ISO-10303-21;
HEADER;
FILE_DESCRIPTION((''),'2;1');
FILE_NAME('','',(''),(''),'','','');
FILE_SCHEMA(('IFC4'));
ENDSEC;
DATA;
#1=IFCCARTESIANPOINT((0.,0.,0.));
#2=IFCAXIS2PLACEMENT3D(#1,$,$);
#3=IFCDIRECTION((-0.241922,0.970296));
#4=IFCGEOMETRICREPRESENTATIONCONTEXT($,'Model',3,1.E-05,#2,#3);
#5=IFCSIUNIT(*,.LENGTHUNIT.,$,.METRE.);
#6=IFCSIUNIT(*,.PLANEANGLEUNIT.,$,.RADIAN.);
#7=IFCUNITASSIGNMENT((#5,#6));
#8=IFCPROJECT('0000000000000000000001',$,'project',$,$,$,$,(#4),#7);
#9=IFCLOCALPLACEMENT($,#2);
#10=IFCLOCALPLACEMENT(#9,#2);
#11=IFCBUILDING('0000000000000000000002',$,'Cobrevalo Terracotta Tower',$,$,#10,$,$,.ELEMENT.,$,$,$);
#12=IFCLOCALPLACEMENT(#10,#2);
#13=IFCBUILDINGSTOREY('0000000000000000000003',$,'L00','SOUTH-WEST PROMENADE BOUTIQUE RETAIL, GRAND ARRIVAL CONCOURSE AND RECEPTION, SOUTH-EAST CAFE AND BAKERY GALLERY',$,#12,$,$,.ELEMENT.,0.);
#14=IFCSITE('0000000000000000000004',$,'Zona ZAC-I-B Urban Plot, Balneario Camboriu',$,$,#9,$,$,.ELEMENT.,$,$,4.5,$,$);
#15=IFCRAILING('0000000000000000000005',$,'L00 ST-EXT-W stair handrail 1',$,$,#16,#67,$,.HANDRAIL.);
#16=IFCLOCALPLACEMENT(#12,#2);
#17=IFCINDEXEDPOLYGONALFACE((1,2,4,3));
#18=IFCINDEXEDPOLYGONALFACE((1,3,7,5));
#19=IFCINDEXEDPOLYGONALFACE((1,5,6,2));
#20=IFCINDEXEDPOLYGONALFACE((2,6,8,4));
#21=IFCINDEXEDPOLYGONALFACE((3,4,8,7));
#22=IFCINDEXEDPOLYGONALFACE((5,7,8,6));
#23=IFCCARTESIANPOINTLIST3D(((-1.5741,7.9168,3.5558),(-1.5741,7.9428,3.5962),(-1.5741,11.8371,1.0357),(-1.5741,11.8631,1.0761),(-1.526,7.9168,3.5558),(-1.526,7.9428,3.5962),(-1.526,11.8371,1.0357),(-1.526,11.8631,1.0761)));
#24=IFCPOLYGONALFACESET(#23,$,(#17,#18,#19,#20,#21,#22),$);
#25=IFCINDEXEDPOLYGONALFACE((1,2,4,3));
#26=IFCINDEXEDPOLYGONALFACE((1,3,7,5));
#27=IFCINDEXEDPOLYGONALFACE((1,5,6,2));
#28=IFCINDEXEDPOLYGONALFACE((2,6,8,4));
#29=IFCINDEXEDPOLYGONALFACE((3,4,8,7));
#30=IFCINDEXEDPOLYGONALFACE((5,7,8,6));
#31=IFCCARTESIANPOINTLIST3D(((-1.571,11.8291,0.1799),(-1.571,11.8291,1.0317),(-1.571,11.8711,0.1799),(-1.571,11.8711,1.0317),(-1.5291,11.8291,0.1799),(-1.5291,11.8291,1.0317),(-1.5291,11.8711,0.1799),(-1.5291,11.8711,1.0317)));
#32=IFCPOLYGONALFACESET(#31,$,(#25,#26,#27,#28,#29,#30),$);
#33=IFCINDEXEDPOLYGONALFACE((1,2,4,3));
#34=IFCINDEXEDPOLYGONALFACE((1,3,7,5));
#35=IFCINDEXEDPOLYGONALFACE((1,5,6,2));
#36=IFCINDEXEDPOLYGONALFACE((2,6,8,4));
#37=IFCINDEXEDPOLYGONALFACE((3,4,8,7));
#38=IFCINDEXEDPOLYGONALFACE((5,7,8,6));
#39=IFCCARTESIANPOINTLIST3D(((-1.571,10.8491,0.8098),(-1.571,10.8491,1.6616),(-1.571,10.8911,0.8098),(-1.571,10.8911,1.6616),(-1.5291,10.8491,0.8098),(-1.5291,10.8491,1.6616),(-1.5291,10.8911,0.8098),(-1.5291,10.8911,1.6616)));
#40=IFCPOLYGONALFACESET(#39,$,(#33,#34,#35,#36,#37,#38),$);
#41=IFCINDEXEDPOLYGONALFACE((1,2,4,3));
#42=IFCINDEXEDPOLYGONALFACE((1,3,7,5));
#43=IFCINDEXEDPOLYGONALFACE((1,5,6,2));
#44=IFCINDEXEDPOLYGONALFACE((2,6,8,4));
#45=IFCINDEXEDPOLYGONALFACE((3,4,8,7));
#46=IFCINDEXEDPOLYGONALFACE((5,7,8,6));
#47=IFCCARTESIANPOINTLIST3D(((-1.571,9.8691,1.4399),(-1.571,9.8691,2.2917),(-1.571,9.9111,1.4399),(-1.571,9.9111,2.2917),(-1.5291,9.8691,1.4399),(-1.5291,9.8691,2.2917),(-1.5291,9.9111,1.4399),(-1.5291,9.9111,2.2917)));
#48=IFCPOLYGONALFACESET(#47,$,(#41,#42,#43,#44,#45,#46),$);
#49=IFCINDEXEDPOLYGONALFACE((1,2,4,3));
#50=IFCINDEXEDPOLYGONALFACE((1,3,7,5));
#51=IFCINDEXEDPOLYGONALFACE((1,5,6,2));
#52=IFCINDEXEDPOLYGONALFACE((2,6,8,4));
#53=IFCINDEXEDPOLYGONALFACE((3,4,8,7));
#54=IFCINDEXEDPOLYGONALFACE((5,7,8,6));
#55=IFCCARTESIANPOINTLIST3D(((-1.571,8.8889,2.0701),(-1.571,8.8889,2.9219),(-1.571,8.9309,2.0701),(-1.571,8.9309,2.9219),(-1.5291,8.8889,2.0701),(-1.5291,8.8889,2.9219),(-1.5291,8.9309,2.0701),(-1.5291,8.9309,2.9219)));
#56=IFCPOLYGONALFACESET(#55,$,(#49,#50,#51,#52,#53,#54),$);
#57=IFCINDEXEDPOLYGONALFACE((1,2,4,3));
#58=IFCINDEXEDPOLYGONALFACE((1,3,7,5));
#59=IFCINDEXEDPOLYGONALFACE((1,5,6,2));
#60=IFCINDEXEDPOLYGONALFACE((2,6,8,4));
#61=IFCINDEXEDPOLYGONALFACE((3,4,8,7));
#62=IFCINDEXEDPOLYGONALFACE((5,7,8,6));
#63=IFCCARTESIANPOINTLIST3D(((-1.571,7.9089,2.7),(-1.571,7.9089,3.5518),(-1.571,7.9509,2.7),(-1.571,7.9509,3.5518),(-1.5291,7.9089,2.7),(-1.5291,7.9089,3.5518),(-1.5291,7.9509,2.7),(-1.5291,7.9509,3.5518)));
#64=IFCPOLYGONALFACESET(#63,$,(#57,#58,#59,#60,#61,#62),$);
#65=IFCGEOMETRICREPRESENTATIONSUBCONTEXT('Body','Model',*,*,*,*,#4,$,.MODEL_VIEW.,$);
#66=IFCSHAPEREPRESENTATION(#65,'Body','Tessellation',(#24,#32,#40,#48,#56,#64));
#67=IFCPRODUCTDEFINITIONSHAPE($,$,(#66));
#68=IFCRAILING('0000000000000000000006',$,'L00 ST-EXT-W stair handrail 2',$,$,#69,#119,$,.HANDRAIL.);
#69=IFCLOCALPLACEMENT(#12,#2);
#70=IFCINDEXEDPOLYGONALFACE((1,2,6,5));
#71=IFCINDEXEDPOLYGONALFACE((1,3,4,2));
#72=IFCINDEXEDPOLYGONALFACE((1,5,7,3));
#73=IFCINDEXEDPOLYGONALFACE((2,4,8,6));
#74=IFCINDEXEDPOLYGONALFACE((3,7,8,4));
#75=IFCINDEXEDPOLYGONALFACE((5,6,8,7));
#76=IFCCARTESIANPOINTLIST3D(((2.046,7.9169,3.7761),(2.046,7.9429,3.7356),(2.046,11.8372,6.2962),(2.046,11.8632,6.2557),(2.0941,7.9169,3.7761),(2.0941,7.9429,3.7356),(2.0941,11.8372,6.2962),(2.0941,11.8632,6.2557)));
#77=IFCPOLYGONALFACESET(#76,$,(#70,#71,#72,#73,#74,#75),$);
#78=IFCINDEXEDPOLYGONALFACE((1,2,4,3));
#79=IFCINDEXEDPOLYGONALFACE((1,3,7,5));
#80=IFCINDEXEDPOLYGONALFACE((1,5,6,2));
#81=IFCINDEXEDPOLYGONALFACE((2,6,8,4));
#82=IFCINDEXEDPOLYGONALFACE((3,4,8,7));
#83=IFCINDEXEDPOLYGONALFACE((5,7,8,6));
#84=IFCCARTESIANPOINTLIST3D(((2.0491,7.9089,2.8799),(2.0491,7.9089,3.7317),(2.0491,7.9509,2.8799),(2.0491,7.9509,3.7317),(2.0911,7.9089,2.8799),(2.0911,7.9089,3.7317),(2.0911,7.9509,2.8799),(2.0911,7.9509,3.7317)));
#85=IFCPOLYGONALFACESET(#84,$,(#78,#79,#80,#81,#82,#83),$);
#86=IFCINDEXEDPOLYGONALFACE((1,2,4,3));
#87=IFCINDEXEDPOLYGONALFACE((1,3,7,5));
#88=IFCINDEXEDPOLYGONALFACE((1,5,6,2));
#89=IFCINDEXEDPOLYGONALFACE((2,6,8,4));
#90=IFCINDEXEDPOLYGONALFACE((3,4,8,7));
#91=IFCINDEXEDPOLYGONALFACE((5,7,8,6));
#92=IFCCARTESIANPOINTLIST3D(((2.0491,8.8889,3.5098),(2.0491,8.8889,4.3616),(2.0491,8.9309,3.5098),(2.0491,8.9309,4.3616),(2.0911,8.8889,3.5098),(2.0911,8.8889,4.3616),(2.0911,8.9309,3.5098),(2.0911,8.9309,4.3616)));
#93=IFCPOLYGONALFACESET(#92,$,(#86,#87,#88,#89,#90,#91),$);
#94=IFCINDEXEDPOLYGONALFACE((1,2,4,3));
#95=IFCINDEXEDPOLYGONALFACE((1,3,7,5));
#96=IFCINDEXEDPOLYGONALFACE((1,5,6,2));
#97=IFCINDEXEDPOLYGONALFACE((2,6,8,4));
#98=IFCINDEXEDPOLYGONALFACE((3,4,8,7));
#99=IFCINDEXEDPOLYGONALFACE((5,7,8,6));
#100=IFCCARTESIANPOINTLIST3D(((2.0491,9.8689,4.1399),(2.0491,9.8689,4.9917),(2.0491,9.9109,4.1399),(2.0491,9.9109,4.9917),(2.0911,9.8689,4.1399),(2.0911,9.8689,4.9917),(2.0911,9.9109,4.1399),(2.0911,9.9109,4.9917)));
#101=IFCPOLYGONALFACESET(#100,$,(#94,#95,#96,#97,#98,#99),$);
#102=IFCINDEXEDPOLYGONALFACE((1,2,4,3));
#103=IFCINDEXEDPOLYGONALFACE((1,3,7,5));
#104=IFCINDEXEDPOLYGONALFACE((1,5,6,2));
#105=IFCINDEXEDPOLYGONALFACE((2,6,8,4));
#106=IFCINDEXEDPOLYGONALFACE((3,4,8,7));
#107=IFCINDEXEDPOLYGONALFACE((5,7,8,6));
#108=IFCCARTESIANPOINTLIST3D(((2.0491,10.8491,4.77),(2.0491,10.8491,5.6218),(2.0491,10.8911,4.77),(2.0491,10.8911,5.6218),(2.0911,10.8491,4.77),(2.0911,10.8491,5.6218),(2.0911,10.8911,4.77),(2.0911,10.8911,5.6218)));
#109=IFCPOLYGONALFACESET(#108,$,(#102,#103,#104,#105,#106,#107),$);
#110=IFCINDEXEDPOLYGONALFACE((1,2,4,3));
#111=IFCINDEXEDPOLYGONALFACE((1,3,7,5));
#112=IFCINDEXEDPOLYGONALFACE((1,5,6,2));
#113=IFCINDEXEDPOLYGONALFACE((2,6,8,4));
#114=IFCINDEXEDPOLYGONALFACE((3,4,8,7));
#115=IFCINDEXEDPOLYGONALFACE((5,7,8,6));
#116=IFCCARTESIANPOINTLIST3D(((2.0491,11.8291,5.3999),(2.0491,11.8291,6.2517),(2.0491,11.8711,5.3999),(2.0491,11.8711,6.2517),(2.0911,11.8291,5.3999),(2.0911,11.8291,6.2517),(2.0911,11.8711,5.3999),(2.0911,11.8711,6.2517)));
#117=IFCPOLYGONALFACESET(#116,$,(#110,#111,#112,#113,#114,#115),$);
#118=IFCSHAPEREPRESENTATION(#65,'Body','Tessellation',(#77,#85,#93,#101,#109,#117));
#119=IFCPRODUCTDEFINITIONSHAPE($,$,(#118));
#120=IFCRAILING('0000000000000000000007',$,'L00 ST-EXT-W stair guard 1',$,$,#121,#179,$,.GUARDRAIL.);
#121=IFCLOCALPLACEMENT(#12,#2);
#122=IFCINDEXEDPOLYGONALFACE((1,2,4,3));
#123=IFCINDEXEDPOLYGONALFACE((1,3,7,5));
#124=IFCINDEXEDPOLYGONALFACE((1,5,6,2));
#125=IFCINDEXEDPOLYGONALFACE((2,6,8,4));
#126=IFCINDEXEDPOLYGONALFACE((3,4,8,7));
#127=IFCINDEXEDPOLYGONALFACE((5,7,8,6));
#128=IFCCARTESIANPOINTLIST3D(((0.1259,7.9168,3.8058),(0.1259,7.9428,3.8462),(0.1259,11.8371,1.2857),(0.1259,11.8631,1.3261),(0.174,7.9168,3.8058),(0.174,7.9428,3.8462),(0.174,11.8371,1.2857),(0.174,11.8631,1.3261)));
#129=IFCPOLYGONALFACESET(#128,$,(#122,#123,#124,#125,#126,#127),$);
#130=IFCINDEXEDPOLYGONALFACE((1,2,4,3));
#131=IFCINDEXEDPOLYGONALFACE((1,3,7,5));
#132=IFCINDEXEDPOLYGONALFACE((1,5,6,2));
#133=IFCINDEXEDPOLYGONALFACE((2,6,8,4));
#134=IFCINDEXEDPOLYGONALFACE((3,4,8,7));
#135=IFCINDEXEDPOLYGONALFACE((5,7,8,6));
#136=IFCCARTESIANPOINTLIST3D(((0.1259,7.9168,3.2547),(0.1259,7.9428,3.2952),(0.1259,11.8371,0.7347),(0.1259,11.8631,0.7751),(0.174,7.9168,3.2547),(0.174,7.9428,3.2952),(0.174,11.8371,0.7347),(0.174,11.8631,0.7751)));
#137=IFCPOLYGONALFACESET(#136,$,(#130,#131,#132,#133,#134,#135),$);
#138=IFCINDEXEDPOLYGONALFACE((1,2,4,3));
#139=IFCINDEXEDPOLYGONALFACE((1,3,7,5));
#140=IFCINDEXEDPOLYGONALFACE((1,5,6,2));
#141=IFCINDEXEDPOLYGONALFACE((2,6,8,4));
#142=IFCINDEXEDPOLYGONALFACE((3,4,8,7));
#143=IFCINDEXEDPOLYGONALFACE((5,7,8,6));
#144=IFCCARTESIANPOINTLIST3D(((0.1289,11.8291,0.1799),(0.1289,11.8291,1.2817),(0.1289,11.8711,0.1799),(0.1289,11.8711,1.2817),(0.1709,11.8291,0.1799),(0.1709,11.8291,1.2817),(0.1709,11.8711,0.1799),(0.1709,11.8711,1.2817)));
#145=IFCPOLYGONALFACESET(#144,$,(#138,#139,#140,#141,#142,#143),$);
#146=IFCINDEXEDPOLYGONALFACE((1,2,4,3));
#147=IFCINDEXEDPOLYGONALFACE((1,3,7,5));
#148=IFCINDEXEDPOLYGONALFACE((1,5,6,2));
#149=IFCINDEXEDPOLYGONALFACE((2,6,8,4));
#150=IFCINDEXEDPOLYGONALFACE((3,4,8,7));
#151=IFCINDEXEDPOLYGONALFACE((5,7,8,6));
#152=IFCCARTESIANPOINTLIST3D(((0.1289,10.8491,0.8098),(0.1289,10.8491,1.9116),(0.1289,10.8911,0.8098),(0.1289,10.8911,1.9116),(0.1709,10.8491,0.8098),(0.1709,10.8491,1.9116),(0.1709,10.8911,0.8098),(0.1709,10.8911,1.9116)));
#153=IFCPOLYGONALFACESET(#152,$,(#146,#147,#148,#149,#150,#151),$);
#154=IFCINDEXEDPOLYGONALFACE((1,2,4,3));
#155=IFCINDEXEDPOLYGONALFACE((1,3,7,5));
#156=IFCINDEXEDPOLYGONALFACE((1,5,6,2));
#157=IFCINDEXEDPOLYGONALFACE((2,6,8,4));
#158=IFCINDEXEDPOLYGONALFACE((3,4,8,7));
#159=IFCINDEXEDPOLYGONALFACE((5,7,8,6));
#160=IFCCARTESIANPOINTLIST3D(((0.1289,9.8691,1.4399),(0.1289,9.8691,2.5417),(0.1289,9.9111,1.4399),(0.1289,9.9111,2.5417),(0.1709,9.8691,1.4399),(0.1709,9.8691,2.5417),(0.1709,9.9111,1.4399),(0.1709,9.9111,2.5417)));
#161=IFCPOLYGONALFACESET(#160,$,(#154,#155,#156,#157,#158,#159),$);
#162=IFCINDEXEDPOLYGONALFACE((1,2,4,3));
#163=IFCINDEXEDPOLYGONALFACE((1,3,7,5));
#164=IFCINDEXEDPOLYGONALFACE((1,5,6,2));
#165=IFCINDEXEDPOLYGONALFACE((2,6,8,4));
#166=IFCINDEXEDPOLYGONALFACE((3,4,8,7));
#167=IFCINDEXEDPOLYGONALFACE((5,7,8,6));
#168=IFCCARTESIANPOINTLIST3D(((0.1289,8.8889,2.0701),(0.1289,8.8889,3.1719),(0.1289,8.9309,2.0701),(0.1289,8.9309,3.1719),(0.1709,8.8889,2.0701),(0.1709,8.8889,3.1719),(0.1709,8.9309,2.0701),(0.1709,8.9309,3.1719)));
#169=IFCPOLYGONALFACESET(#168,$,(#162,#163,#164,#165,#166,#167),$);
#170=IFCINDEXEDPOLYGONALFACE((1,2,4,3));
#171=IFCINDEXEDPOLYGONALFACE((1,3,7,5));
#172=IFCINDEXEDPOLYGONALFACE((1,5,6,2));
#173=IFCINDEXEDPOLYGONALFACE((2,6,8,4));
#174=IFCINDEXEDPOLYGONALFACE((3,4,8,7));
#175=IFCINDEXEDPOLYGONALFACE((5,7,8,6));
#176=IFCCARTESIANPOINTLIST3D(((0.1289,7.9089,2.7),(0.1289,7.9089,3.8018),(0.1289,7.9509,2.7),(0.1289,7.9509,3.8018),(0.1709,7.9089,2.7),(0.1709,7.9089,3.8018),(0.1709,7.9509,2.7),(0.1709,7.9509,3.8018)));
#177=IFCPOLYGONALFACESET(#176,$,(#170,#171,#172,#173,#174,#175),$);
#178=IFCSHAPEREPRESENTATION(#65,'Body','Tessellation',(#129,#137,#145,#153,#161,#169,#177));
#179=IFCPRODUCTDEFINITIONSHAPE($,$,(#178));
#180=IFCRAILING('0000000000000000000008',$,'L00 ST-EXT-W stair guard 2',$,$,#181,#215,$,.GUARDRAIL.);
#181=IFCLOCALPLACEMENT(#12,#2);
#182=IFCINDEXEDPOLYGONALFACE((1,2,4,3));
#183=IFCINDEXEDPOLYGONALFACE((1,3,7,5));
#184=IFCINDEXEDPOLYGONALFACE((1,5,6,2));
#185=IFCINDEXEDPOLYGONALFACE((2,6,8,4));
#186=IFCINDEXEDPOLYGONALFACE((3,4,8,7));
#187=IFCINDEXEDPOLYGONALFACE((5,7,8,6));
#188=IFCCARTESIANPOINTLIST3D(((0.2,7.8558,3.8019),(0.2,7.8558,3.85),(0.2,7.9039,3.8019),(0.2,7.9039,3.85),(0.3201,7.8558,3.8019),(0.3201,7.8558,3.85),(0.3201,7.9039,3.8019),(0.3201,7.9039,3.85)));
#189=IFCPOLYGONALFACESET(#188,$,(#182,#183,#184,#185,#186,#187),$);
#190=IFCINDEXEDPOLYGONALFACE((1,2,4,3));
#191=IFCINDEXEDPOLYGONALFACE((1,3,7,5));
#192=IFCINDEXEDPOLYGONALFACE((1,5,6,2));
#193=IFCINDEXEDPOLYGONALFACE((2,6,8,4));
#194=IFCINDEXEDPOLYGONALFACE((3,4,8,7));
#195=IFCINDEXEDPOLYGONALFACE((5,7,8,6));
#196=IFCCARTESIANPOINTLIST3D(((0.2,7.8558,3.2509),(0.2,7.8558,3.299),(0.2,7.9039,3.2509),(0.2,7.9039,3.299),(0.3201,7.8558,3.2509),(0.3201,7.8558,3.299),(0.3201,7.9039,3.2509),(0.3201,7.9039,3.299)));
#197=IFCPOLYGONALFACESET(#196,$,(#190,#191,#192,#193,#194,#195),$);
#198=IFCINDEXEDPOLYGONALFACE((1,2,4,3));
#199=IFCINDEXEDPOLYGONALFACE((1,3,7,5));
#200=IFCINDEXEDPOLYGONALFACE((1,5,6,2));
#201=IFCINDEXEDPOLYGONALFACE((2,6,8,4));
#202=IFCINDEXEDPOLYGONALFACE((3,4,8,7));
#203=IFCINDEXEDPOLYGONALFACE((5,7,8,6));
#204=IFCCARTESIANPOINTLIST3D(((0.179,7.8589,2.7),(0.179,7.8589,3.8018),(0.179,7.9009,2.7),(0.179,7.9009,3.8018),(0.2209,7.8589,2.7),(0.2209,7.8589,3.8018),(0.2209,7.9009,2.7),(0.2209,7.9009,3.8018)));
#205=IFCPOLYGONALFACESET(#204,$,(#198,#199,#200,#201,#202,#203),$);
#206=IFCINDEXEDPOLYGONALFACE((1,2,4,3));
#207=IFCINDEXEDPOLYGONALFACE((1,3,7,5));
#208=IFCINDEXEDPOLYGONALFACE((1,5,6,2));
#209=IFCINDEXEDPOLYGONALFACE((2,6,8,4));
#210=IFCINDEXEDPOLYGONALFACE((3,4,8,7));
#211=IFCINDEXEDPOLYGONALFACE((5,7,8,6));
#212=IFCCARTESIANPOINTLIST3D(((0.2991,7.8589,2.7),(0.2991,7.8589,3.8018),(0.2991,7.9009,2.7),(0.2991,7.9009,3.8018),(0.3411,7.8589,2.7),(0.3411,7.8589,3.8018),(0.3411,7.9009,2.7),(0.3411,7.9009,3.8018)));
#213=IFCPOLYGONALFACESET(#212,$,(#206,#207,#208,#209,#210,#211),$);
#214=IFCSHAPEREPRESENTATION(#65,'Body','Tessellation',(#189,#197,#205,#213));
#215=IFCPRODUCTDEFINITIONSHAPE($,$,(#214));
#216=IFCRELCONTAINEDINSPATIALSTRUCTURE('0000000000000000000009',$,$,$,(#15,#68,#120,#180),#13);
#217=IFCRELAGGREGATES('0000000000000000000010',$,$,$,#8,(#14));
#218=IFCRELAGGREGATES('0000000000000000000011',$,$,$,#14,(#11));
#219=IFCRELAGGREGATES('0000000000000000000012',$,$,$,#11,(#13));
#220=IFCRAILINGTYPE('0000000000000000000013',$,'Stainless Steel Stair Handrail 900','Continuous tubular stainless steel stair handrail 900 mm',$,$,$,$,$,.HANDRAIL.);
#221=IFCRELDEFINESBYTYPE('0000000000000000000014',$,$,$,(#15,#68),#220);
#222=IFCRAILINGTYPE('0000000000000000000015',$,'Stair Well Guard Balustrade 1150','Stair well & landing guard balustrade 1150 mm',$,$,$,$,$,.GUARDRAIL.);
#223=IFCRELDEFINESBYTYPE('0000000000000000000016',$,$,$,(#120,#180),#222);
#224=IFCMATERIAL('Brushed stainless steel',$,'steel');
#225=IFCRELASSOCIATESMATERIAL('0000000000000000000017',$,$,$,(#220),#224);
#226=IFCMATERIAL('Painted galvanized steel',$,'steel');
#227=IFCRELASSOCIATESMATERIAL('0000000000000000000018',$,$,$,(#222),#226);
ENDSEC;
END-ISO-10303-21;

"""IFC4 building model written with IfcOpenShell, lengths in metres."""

from ifc_helpers import new_model, si_unit, direction, frame, origin, origin_2d, place, context, subcontext, project, spatial, rectangle, extrude, material, type_object, element, save


model = new_model("IFC4")

# Units and contexts
model_context = context("Model", 3, precision=1e-05, world=origin(), true_north=direction((-0.241922, 0.970296)))
body_context = subcontext(model_context, "Body", "Model", "MODEL_VIEW")
ifc_project = project(units=[si_unit("LENGTHUNIT", "METRE"), si_unit("PLANEANGLEUNIT", "RADIAN")], contexts=[model_context])

# Site, building, storey
site_placement = place(None, origin())
site = spatial("IfcSite", under=ifc_project, at=site_placement, Name="Zona ZAC-I-B Urban Plot, Balneario Camboriu", CompositionType="ELEMENT", RefElevation=4.5)
building_placement = place(site_placement, origin())
building = spatial("IfcBuilding", under=site, at=building_placement, Name="Cobrevalo Terracotta Tower", CompositionType="ELEMENT")
storey_placement = place(building_placement, origin())
storey = spatial("IfcBuildingStorey", under=building, at=storey_placement, Name="L00", Description="SOUTH-WEST PROMENADE BOUTIQUE RETAIL, GRAND ARRIVAL CONCOURSE AND RECEPTION, SOUTH-EAST CAFE AND BAKERY GALLERY", CompositionType="ELEMENT", Elevation=0.0)

# Railings
ifc_material_1 = material(Name="Brushed stainless steel", Category="steel")
railing_type_1 = type_object("IfcRailingType", Name="Stainless Steel Stair Handrail 900", Description="Continuous tubular stainless steel stair handrail 900 mm", PredefinedType="HANDRAIL", material=ifc_material_1)
railing_1_placement = place(storey_placement, frame((-1.55, 11.8501, 0.1799)))
element("IfcRailing", 1, at=railing_1_placement, inside=storey, type_object=railing_type_1, Name="L00 ST-EXT-W stair handrail 1", PredefinedType="HANDRAIL", context=body_context, shape_type="SweptSolid", body=[
    extrude(rectangle(XDim=0.0481, YDim=0.0481, at=origin_2d()), frame((0.0, 0.0, 0.876), z_axis=(0.0, -0.841187, 0.540744), x_axis=(1.0, 0.0, 0.0)), (0.0, 0.0, 1.0), 4.6604),
    extrude(rectangle(XDim=0.042, YDim=0.042, at=origin_2d()), origin(), (0.0, 0.0, 1.0), 0.8518),
    extrude(rectangle(XDim=0.042, YDim=0.042, at=origin_2d()), frame((0.0, -0.98, 0.6299)), (0.0, 0.0, 1.0), 0.8518),
    extrude(rectangle(XDim=0.042, YDim=0.042, at=origin_2d()), frame((0.0, -1.96, 1.26)), (0.0, 0.0, 1.0), 0.8518),
    extrude(rectangle(XDim=0.042, YDim=0.042, at=origin_2d()), frame((0.0, -2.9402, 1.8901)), (0.0, 0.0, 1.0), 0.8518),
    extrude(rectangle(XDim=0.042, YDim=0.042, at=origin_2d()), frame((0.0, -3.9202, 2.52)), (0.0, 0.0, 1.0), 0.8518),
])
railing_2_placement = place(storey_placement, frame((2.0701, 7.9299, 2.8799)))
element("IfcRailing", 2, at=railing_2_placement, inside=storey, type_object=railing_type_1, Name="L00 ST-EXT-W stair handrail 2", PredefinedType="HANDRAIL", context=body_context, shape_type="SweptSolid", body=[
    extrude(rectangle(XDim=0.0481, YDim=0.0481, at=origin_2d()), frame((0.0, 0.0, 0.876), z_axis=(0.0, 0.841187, 0.540744), x_axis=(-1.0, 0.0, 0.0)), (0.0, 0.0, 1.0), 4.6604),
    extrude(rectangle(XDim=0.042, YDim=0.042, at=origin_2d()), origin(), (0.0, 0.0, 1.0), 0.8518),
    extrude(rectangle(XDim=0.042, YDim=0.042, at=origin_2d()), frame((0.0, 0.98, 0.6299)), (0.0, 0.0, 1.0), 0.8518),
    extrude(rectangle(XDim=0.042, YDim=0.042, at=origin_2d()), frame((0.0, 1.96, 1.26)), (0.0, 0.0, 1.0), 0.8518),
    extrude(rectangle(XDim=0.042, YDim=0.042, at=origin_2d()), frame((0.0, 2.9402, 1.8901)), (0.0, 0.0, 1.0), 0.8518),
    extrude(rectangle(XDim=0.042, YDim=0.042, at=origin_2d()), frame((0.0, 3.9202, 2.52)), (0.0, 0.0, 1.0), 0.8518),
])
ifc_material_2 = material(Name="Painted galvanized steel", Category="steel")
railing_type_2 = type_object("IfcRailingType", Name="Stair Well Guard Balustrade 1150", Description="Stair well & landing guard balustrade 1150 mm", PredefinedType="GUARDRAIL", material=ifc_material_2)
railing_3_placement = place(storey_placement, frame((0.1499, 11.8501, 0.1799)))
element("IfcRailing", 3, at=railing_3_placement, inside=storey, type_object=railing_type_2, Name="L00 ST-EXT-W stair guard 1", PredefinedType="GUARDRAIL", context=body_context, shape_type="SweptSolid", body=[
    extrude(rectangle(XDim=0.0481, YDim=0.0481, at=origin_2d()), frame((0.0, 0.0, 1.126), z_axis=(0.0, -0.841187, 0.540744), x_axis=(1.0, 0.0, 0.0)), (0.0, 0.0, 1.0), 4.6604),
    extrude(rectangle(XDim=0.0481, YDim=0.0481, at=origin_2d()), frame((0.0, 0.0, 0.575), z_axis=(0.0, -0.841187, 0.540744), x_axis=(1.0, 0.0, 0.0)), (0.0, 0.0, 1.0), 4.6604),
    extrude(rectangle(XDim=0.042, YDim=0.042, at=origin_2d()), origin(), (0.0, 0.0, 1.0), 1.1018),
    extrude(rectangle(XDim=0.042, YDim=0.042, at=origin_2d()), frame((0.0, -0.98, 0.6299)), (0.0, 0.0, 1.0), 1.1018),
    extrude(rectangle(XDim=0.042, YDim=0.042, at=origin_2d()), frame((0.0, -1.96, 1.26)), (0.0, 0.0, 1.0), 1.1018),
    extrude(rectangle(XDim=0.042, YDim=0.042, at=origin_2d()), frame((0.0, -2.9402, 1.8901)), (0.0, 0.0, 1.0), 1.1018),
    extrude(rectangle(XDim=0.042, YDim=0.042, at=origin_2d()), frame((0.0, -3.9202, 2.52)), (0.0, 0.0, 1.0), 1.1018),
])
railing_4_placement = place(storey_placement, frame((0.2, 7.8799, 2.7)))
element("IfcRailing", 4, at=railing_4_placement, inside=storey, type_object=railing_type_2, Name="L00 ST-EXT-W stair guard 2", PredefinedType="GUARDRAIL", context=body_context, shape_type="SweptSolid", body=[
    extrude(rectangle(XDim=0.0481, YDim=0.0481, at=origin_2d()), frame((0.0, 0.0, 1.126), z_axis=(1.0, 0.0, 0.0), x_axis=(0.0, 1.0, 0.0)), (0.0, 0.0, 1.0), 0.1201),
    extrude(rectangle(XDim=0.0481, YDim=0.0481, at=origin_2d()), frame((0.0, 0.0, 0.575), z_axis=(1.0, 0.0, 0.0), x_axis=(0.0, 1.0, 0.0)), (0.0, 0.0, 1.0), 0.1201),
    extrude(rectangle(XDim=0.042, YDim=0.042, at=origin_2d()), origin(), (0.0, 0.0, 1.0), 1.1018),
    extrude(rectangle(XDim=0.042, YDim=0.042, at=origin_2d()), frame((0.1201, 0.0, 0.0)), (0.0, 0.0, 1.0), 1.1018),
])

save(model, "model.ifc")
